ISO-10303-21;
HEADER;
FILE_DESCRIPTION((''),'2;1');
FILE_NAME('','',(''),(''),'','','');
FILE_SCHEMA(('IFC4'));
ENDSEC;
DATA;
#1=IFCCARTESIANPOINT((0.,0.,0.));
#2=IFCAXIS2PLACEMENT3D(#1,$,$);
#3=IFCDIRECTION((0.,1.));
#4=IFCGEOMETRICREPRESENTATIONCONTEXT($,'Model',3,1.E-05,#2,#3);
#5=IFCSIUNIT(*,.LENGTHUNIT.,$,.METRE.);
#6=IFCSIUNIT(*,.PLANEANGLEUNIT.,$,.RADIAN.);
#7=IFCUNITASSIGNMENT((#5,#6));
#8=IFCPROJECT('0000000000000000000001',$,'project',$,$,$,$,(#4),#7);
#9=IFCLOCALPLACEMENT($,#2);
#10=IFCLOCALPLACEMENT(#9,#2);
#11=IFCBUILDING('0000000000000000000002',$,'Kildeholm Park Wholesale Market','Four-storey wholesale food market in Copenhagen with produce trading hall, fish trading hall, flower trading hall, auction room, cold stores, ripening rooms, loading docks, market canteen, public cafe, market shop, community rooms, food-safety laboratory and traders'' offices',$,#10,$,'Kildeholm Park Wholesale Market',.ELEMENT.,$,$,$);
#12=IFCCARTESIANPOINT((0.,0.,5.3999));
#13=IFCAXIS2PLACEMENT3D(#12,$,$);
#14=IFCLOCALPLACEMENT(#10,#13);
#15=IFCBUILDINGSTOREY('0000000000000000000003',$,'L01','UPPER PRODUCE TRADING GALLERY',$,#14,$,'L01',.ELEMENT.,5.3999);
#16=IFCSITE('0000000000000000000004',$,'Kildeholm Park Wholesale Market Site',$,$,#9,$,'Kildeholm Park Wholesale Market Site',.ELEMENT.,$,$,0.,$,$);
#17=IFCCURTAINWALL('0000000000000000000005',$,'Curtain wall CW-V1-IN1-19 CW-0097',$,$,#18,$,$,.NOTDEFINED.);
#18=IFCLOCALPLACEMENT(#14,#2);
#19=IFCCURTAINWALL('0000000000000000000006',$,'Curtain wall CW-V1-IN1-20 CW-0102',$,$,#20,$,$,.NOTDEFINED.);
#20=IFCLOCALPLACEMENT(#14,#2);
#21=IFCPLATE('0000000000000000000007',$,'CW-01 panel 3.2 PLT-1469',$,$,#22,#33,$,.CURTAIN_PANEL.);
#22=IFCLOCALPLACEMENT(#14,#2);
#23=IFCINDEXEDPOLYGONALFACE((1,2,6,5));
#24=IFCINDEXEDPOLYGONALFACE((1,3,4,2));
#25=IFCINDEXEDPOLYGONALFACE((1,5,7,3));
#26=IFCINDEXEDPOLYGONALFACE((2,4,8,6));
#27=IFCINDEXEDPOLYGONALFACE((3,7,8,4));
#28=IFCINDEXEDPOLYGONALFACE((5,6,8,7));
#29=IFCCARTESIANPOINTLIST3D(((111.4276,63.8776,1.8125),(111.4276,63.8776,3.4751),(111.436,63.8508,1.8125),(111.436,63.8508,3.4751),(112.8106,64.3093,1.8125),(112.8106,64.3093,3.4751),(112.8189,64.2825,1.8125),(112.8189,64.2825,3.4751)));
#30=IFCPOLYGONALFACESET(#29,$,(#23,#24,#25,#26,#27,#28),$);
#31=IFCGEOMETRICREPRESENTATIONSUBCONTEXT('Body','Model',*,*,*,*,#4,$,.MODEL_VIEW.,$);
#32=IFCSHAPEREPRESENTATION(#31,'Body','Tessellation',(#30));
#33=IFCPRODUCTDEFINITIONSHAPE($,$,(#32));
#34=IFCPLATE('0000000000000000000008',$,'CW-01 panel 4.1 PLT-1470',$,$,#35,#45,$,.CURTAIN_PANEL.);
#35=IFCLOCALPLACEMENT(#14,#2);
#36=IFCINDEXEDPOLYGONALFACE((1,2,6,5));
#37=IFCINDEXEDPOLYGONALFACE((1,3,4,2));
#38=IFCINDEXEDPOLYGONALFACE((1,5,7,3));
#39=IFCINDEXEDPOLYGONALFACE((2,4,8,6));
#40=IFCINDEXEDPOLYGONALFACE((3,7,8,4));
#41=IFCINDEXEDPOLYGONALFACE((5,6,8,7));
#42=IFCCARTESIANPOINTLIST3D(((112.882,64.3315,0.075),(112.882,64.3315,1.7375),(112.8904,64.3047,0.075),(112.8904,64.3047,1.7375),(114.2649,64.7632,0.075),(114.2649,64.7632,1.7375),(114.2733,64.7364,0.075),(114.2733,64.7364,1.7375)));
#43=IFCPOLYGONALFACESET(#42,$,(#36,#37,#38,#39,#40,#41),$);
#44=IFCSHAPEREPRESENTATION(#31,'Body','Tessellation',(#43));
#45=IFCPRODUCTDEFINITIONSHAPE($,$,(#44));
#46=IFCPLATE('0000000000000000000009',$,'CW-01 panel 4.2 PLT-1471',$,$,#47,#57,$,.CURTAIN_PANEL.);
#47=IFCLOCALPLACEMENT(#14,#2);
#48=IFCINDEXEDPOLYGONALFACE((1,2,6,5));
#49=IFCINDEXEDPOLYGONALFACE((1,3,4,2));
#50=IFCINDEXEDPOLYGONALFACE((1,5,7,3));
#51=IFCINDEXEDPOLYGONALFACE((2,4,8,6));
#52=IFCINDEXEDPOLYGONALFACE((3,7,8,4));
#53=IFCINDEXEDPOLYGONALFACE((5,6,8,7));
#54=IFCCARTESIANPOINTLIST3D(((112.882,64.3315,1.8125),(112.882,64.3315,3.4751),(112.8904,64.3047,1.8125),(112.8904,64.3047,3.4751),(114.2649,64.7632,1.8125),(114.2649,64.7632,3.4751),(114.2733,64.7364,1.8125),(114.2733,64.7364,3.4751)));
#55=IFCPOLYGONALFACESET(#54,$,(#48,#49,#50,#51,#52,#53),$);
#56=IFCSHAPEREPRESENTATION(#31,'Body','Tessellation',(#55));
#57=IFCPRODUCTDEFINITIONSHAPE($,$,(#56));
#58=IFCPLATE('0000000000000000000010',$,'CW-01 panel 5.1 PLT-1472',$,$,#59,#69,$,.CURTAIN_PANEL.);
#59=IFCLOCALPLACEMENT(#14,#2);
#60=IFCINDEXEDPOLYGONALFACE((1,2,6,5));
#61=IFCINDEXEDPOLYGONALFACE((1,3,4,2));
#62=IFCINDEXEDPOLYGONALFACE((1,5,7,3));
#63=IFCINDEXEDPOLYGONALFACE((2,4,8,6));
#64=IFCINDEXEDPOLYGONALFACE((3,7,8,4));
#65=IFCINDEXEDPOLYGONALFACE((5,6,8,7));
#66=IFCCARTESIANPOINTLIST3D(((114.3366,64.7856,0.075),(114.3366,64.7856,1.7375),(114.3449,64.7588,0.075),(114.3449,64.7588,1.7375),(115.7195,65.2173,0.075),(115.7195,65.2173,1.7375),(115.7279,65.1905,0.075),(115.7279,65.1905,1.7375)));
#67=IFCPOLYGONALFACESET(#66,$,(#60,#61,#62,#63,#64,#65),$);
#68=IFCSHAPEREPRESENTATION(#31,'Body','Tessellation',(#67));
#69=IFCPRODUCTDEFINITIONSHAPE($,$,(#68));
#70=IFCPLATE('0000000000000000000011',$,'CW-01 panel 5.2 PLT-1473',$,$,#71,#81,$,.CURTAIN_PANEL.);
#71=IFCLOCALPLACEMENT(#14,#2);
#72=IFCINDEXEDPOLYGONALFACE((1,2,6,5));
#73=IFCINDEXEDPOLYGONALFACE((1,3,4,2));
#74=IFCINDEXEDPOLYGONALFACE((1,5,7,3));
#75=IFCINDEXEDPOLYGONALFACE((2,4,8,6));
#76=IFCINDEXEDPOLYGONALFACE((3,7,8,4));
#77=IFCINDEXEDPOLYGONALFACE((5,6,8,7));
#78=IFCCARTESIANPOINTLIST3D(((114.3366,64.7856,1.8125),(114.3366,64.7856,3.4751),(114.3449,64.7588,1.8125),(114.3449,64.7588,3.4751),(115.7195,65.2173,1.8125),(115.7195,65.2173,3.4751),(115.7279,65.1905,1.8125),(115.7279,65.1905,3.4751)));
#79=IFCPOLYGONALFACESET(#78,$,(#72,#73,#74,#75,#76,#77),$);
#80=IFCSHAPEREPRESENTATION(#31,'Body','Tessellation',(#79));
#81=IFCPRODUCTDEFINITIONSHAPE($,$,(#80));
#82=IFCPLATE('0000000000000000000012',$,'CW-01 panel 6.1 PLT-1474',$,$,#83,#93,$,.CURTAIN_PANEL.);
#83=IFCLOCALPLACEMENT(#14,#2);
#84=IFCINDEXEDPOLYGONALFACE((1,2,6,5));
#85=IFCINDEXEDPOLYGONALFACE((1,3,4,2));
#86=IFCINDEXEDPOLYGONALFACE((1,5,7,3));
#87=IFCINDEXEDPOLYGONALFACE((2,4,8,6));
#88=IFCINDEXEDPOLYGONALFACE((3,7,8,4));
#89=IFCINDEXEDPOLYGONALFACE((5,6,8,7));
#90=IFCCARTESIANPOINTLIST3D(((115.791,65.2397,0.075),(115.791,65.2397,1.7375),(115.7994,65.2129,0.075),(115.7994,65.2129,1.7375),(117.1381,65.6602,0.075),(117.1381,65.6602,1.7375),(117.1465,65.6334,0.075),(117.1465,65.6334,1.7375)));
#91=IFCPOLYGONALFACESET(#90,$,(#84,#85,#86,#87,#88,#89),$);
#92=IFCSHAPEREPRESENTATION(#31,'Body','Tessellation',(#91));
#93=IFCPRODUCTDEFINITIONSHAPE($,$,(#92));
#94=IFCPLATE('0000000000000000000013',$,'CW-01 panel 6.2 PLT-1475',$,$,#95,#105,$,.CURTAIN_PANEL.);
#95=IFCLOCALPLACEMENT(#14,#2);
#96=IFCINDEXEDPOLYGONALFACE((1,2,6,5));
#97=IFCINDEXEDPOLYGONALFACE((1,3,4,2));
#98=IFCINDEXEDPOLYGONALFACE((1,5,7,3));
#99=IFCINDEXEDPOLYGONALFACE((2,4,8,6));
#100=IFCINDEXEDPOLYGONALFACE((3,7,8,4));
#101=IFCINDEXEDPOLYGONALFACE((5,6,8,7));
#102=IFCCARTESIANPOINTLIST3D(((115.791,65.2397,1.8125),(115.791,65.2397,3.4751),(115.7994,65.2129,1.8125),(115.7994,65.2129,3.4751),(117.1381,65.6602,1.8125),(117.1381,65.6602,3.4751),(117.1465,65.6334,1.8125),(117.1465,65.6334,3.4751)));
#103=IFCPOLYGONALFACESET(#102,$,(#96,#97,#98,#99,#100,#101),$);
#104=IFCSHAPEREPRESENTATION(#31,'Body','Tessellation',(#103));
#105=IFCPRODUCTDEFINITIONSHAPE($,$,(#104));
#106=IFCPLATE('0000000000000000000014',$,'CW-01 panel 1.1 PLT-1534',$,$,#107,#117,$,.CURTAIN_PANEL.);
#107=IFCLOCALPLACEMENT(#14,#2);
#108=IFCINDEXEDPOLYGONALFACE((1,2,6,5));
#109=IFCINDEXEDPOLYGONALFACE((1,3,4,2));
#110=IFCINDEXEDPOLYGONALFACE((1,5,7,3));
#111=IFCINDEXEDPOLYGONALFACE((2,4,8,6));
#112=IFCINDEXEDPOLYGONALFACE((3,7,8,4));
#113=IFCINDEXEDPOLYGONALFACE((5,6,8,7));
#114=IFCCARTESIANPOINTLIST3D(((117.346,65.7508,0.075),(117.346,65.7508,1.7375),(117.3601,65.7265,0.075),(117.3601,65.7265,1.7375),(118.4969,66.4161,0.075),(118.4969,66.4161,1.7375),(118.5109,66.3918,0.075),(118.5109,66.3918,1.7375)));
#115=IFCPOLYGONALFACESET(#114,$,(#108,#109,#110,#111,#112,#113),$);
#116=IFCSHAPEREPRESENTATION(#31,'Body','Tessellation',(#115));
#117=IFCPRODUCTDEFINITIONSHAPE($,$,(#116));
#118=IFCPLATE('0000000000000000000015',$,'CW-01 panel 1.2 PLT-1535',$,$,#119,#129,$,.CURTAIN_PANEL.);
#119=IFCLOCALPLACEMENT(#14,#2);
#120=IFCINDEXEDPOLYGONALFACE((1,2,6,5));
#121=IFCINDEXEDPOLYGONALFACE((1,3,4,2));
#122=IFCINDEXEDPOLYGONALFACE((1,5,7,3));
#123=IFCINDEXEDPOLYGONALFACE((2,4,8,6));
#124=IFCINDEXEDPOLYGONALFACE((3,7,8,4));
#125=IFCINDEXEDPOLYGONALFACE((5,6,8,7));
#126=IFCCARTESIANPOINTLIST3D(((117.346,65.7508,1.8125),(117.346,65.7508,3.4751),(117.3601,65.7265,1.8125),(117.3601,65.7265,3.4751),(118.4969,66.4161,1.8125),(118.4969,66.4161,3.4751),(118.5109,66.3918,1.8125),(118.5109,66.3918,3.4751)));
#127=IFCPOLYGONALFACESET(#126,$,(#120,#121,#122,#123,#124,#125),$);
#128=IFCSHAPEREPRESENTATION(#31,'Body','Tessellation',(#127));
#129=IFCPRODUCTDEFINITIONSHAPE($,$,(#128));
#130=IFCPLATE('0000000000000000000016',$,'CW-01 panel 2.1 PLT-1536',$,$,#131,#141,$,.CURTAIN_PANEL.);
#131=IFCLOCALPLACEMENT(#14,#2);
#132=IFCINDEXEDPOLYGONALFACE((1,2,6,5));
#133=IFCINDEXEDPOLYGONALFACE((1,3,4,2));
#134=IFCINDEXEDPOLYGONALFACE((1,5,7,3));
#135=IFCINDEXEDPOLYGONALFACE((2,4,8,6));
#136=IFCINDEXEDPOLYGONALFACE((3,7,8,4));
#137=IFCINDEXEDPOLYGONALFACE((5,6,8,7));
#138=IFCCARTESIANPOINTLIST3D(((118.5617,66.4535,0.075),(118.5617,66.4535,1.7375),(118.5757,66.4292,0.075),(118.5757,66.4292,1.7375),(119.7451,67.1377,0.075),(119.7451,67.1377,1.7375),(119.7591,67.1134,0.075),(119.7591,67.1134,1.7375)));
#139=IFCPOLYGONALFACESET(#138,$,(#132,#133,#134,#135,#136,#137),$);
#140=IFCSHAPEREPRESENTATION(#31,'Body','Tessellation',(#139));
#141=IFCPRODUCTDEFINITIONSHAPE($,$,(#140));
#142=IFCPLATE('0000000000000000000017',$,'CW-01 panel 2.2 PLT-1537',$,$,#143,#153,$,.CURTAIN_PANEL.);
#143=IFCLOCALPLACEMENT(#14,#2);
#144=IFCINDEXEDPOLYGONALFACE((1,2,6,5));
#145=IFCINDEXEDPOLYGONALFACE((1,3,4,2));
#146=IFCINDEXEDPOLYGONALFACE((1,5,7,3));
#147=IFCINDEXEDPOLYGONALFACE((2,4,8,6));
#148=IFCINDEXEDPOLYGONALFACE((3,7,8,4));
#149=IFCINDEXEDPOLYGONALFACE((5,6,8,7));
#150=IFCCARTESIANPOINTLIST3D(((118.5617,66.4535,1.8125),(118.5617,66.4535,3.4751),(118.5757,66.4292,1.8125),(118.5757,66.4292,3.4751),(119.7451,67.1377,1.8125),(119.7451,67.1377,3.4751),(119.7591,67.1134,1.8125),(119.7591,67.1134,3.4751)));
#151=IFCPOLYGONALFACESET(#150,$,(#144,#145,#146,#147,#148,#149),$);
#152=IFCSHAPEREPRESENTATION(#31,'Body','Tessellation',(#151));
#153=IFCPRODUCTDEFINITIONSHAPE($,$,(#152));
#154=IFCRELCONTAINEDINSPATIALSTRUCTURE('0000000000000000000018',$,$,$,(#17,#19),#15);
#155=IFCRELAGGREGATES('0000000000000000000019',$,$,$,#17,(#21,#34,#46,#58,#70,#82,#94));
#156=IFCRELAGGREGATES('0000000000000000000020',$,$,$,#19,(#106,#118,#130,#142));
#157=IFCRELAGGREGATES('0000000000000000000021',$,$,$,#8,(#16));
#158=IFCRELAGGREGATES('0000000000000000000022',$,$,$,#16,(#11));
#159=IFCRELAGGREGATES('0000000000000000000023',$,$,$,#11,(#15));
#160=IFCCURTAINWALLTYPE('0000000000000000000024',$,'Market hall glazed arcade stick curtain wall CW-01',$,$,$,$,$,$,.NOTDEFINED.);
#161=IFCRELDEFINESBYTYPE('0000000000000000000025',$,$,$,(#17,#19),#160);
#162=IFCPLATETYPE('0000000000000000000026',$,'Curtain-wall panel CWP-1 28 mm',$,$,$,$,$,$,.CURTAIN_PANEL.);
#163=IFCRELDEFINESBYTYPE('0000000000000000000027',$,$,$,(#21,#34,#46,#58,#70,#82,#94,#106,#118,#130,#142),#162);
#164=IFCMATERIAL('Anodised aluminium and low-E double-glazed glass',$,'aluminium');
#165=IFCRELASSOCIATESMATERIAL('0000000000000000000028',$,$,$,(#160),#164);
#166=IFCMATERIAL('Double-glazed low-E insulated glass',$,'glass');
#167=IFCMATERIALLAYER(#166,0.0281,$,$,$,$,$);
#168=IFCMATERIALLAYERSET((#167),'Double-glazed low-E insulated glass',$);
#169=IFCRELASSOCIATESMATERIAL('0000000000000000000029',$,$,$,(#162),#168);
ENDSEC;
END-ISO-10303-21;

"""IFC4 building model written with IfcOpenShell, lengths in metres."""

from ifc_helpers import new_model, si_unit, direction, frame, origin, origin_2d, place, context, subcontext, project, spatial, rectangle, extrude, material, layer, layer_set, type_object, element, aggregate, save


model = new_model("IFC4")

# Units and contexts
model_context = context("Model", 3, precision=1e-05, world=origin(), true_north=direction((0.0, 1.0)))
body_context = subcontext(model_context, "Body", "Model", "MODEL_VIEW")
ifc_project = project(units=[si_unit("LENGTHUNIT", "METRE"), si_unit("PLANEANGLEUNIT", "RADIAN")], contexts=[model_context])

# Site, building, storey
site_placement = place(None, origin())
site = spatial("IfcSite", under=ifc_project, at=site_placement, Name="Kildeholm Park Wholesale Market Site", LongName="Kildeholm Park Wholesale Market Site", CompositionType="ELEMENT", RefElevation=0.0)
building_placement = place(site_placement, origin())
building = spatial("IfcBuilding", under=site, at=building_placement, Name="Kildeholm Park Wholesale Market", Description="Four-storey wholesale food market in Copenhagen with produce trading hall, fish trading hall, flower trading hall, auction room, cold stores, ripening rooms, loading docks, market canteen, public cafe, market shop, community rooms, food-safety laboratory and traders' offices", LongName="Kildeholm Park Wholesale Market", CompositionType="ELEMENT")
storey_placement = place(building_placement, frame((0.0, 0.0, 5.3999)))
storey = spatial("IfcBuildingStorey", under=building, at=storey_placement, Name="L01", Description="UPPER PRODUCE TRADING GALLERY", LongName="L01", CompositionType="ELEMENT", Elevation=5.3999)

# Curtain walls
ifc_material_1 = material(Name="Anodised aluminium and low-E double-glazed glass", Category="aluminium")
curtain_wall_type = type_object("IfcCurtainWallType", Name="Market hall glazed arcade stick curtain wall CW-01", PredefinedType="NOTDEFINED", material=ifc_material_1)
curtain_wall_1_placement = place(storey_placement, origin())
curtain_wall_1 = element("IfcCurtainWall", 1, at=curtain_wall_1_placement, inside=storey, type_object=curtain_wall_type, Name="Curtain wall CW-V1-IN1-19 CW-0097", PredefinedType="NOTDEFINED")
curtain_wall_2_placement = place(storey_placement, origin())
curtain_wall_2 = element("IfcCurtainWall", 2, at=curtain_wall_2_placement, inside=storey, type_object=curtain_wall_type, Name="Curtain wall CW-V1-IN1-20 CW-0102", PredefinedType="NOTDEFINED")

# Plates
ifc_material_2 = material(Name="Double-glazed low-E insulated glass", Category="glass")
ifc_layer = layer(ifc_material_2, 0.0281)
ifc_layer_set = layer_set([ifc_layer], Name="Double-glazed low-E insulated glass")
plate_type = type_object("IfcPlateType", Name="Curtain-wall panel CWP-1 28 mm", PredefinedType="CURTAIN_PANEL", material=ifc_layer_set)
plate_1_placement = place(storey_placement, frame((112.1233, 64.0801, 1.8125), z_axis=(0.0, 0.0, 1.0), x_axis=(0.954579, 0.297957, 0.0)))
plate_1 = element("IfcPlate", 3, at=plate_1_placement, type_object=plate_type, Name="CW-01 panel 3.2 PLT-1469", PredefinedType="CURTAIN_PANEL", context=body_context, shape_type="SweptSolid", body=[
    extrude(rectangle(XDim=1.4487, YDim=0.0281, at=origin_2d()), origin(), (0.0, 0.0, 1.0), 1.6626),
])
plate_2_placement = place(storey_placement, frame((113.5776, 64.5339, 0.075), z_axis=(0.0, 0.0, 1.0), x_axis=(0.954579, 0.297957, 0.0)))
plate_2 = element("IfcPlate", 4, at=plate_2_placement, type_object=plate_type, Name="CW-01 panel 4.1 PLT-1470", PredefinedType="CURTAIN_PANEL", context=body_context, shape_type="SweptSolid", body=[
    extrude(rectangle(XDim=1.4487, YDim=0.0281, at=origin_2d()), origin(), (0.0, 0.0, 1.0), 1.6626),
])
plate_3_placement = place(storey_placement, frame((113.5776, 64.5339, 1.8125), z_axis=(0.0, 0.0, 1.0), x_axis=(0.954579, 0.297957, 0.0)))
plate_3 = element("IfcPlate", 5, at=plate_3_placement, type_object=plate_type, Name="CW-01 panel 4.2 PLT-1471", PredefinedType="CURTAIN_PANEL", context=body_context, shape_type="SweptSolid", body=[
    extrude(rectangle(XDim=1.4487, YDim=0.0281, at=origin_2d()), origin(), (0.0, 0.0, 1.0), 1.6626),
])
plate_4_placement = place(storey_placement, frame((115.0322, 64.988, 0.075), z_axis=(0.0, 0.0, 1.0), x_axis=(0.954579, 0.297957, 0.0)))
plate_4 = element("IfcPlate", 6, at=plate_4_placement, type_object=plate_type, Name="CW-01 panel 5.1 PLT-1472", PredefinedType="CURTAIN_PANEL", context=body_context, shape_type="SweptSolid", body=[
    extrude(rectangle(XDim=1.4487, YDim=0.0281, at=origin_2d()), origin(), (0.0, 0.0, 1.0), 1.6626),
])
plate_5_placement = place(storey_placement, frame((115.0322, 64.988, 1.8125), z_axis=(0.0, 0.0, 1.0), x_axis=(0.954579, 0.297957, 0.0)))
plate_5 = element("IfcPlate", 7, at=plate_5_placement, type_object=plate_type, Name="CW-01 panel 5.2 PLT-1473", PredefinedType="CURTAIN_PANEL", context=body_context, shape_type="SweptSolid", body=[
    extrude(rectangle(XDim=1.4487, YDim=0.0281, at=origin_2d()), origin(), (0.0, 0.0, 1.0), 1.6626),
])
plate_6_placement = place(storey_placement, frame((116.4688, 65.4365, 0.075), z_axis=(0.0, 0.0, 1.0), x_axis=(0.954579, 0.297957, 0.0)))
plate_6 = element("IfcPlate", 8, at=plate_6_placement, type_object=plate_type, Name="CW-01 panel 6.1 PLT-1474", PredefinedType="CURTAIN_PANEL", context=body_context, shape_type="SweptSolid", body=[
    extrude(rectangle(XDim=1.4111, YDim=0.0281, at=origin_2d()), origin(), (0.0, 0.0, 1.0), 1.6626),
])
plate_7_placement = place(storey_placement, frame((116.4688, 65.4365, 1.8125), z_axis=(0.0, 0.0, 1.0), x_axis=(0.954579, 0.297957, 0.0)))
plate_7 = element("IfcPlate", 9, at=plate_7_placement, type_object=plate_type, Name="CW-01 panel 6.2 PLT-1475", PredefinedType="CURTAIN_PANEL", context=body_context, shape_type="SweptSolid", body=[
    extrude(rectangle(XDim=1.4111, YDim=0.0281, at=origin_2d()), origin(), (0.0, 0.0, 1.0), 1.6626),
])
aggregate(curtain_wall_1, [plate_1, plate_2, plate_3, plate_4, plate_5, plate_6, plate_7])
plate_8_placement = place(storey_placement, frame((117.9285, 66.0713, 0.075), z_axis=(0.0, 0.0, 1.0), x_axis=(0.865743, 0.500489, 0.0)))
plate_8 = element("IfcPlate", 10, at=plate_8_placement, type_object=plate_type, Name="CW-01 panel 1.1 PLT-1534", PredefinedType="CURTAIN_PANEL", context=body_context, shape_type="SweptSolid", body=[
    extrude(rectangle(XDim=1.3293, YDim=0.0281, at=origin_2d()), origin(), (0.0, 0.0, 1.0), 1.6626),
])
plate_9_placement = place(storey_placement, frame((117.9285, 66.0713, 1.8125), z_axis=(0.0, 0.0, 1.0), x_axis=(0.865743, 0.500489, 0.0)))
plate_9 = element("IfcPlate", 11, at=plate_9_placement, type_object=plate_type, Name="CW-01 panel 1.2 PLT-1535", PredefinedType="CURTAIN_PANEL", context=body_context, shape_type="SweptSolid", body=[
    extrude(rectangle(XDim=1.3293, YDim=0.0281, at=origin_2d()), origin(), (0.0, 0.0, 1.0), 1.6626),
])
plate_10_placement = place(storey_placement, frame((119.1604, 66.7834, 0.075), z_axis=(0.0, 0.0, 1.0), x_axis=(0.865743, 0.500489, 0.0)))
plate_10 = element("IfcPlate", 12, at=plate_10_placement, type_object=plate_type, Name="CW-01 panel 2.1 PLT-1536", PredefinedType="CURTAIN_PANEL", context=body_context, shape_type="SweptSolid", body=[
    extrude(rectangle(XDim=1.3669, YDim=0.0281, at=origin_2d()), origin(), (0.0, 0.0, 1.0), 1.6626),
])
plate_11_placement = place(storey_placement, frame((119.1604, 66.7834, 1.8125), z_axis=(0.0, 0.0, 1.0), x_axis=(0.865743, 0.500489, 0.0)))
plate_11 = element("IfcPlate", 13, at=plate_11_placement, type_object=plate_type, Name="CW-01 panel 2.2 PLT-1537", PredefinedType="CURTAIN_PANEL", context=body_context, shape_type="SweptSolid", body=[
    extrude(rectangle(XDim=1.3669, YDim=0.0281, at=origin_2d()), origin(), (0.0, 0.0, 1.0), 1.6626),
])
aggregate(curtain_wall_2, [plate_8, plate_9, plate_10, plate_11])

save(model, "model.ifc")
